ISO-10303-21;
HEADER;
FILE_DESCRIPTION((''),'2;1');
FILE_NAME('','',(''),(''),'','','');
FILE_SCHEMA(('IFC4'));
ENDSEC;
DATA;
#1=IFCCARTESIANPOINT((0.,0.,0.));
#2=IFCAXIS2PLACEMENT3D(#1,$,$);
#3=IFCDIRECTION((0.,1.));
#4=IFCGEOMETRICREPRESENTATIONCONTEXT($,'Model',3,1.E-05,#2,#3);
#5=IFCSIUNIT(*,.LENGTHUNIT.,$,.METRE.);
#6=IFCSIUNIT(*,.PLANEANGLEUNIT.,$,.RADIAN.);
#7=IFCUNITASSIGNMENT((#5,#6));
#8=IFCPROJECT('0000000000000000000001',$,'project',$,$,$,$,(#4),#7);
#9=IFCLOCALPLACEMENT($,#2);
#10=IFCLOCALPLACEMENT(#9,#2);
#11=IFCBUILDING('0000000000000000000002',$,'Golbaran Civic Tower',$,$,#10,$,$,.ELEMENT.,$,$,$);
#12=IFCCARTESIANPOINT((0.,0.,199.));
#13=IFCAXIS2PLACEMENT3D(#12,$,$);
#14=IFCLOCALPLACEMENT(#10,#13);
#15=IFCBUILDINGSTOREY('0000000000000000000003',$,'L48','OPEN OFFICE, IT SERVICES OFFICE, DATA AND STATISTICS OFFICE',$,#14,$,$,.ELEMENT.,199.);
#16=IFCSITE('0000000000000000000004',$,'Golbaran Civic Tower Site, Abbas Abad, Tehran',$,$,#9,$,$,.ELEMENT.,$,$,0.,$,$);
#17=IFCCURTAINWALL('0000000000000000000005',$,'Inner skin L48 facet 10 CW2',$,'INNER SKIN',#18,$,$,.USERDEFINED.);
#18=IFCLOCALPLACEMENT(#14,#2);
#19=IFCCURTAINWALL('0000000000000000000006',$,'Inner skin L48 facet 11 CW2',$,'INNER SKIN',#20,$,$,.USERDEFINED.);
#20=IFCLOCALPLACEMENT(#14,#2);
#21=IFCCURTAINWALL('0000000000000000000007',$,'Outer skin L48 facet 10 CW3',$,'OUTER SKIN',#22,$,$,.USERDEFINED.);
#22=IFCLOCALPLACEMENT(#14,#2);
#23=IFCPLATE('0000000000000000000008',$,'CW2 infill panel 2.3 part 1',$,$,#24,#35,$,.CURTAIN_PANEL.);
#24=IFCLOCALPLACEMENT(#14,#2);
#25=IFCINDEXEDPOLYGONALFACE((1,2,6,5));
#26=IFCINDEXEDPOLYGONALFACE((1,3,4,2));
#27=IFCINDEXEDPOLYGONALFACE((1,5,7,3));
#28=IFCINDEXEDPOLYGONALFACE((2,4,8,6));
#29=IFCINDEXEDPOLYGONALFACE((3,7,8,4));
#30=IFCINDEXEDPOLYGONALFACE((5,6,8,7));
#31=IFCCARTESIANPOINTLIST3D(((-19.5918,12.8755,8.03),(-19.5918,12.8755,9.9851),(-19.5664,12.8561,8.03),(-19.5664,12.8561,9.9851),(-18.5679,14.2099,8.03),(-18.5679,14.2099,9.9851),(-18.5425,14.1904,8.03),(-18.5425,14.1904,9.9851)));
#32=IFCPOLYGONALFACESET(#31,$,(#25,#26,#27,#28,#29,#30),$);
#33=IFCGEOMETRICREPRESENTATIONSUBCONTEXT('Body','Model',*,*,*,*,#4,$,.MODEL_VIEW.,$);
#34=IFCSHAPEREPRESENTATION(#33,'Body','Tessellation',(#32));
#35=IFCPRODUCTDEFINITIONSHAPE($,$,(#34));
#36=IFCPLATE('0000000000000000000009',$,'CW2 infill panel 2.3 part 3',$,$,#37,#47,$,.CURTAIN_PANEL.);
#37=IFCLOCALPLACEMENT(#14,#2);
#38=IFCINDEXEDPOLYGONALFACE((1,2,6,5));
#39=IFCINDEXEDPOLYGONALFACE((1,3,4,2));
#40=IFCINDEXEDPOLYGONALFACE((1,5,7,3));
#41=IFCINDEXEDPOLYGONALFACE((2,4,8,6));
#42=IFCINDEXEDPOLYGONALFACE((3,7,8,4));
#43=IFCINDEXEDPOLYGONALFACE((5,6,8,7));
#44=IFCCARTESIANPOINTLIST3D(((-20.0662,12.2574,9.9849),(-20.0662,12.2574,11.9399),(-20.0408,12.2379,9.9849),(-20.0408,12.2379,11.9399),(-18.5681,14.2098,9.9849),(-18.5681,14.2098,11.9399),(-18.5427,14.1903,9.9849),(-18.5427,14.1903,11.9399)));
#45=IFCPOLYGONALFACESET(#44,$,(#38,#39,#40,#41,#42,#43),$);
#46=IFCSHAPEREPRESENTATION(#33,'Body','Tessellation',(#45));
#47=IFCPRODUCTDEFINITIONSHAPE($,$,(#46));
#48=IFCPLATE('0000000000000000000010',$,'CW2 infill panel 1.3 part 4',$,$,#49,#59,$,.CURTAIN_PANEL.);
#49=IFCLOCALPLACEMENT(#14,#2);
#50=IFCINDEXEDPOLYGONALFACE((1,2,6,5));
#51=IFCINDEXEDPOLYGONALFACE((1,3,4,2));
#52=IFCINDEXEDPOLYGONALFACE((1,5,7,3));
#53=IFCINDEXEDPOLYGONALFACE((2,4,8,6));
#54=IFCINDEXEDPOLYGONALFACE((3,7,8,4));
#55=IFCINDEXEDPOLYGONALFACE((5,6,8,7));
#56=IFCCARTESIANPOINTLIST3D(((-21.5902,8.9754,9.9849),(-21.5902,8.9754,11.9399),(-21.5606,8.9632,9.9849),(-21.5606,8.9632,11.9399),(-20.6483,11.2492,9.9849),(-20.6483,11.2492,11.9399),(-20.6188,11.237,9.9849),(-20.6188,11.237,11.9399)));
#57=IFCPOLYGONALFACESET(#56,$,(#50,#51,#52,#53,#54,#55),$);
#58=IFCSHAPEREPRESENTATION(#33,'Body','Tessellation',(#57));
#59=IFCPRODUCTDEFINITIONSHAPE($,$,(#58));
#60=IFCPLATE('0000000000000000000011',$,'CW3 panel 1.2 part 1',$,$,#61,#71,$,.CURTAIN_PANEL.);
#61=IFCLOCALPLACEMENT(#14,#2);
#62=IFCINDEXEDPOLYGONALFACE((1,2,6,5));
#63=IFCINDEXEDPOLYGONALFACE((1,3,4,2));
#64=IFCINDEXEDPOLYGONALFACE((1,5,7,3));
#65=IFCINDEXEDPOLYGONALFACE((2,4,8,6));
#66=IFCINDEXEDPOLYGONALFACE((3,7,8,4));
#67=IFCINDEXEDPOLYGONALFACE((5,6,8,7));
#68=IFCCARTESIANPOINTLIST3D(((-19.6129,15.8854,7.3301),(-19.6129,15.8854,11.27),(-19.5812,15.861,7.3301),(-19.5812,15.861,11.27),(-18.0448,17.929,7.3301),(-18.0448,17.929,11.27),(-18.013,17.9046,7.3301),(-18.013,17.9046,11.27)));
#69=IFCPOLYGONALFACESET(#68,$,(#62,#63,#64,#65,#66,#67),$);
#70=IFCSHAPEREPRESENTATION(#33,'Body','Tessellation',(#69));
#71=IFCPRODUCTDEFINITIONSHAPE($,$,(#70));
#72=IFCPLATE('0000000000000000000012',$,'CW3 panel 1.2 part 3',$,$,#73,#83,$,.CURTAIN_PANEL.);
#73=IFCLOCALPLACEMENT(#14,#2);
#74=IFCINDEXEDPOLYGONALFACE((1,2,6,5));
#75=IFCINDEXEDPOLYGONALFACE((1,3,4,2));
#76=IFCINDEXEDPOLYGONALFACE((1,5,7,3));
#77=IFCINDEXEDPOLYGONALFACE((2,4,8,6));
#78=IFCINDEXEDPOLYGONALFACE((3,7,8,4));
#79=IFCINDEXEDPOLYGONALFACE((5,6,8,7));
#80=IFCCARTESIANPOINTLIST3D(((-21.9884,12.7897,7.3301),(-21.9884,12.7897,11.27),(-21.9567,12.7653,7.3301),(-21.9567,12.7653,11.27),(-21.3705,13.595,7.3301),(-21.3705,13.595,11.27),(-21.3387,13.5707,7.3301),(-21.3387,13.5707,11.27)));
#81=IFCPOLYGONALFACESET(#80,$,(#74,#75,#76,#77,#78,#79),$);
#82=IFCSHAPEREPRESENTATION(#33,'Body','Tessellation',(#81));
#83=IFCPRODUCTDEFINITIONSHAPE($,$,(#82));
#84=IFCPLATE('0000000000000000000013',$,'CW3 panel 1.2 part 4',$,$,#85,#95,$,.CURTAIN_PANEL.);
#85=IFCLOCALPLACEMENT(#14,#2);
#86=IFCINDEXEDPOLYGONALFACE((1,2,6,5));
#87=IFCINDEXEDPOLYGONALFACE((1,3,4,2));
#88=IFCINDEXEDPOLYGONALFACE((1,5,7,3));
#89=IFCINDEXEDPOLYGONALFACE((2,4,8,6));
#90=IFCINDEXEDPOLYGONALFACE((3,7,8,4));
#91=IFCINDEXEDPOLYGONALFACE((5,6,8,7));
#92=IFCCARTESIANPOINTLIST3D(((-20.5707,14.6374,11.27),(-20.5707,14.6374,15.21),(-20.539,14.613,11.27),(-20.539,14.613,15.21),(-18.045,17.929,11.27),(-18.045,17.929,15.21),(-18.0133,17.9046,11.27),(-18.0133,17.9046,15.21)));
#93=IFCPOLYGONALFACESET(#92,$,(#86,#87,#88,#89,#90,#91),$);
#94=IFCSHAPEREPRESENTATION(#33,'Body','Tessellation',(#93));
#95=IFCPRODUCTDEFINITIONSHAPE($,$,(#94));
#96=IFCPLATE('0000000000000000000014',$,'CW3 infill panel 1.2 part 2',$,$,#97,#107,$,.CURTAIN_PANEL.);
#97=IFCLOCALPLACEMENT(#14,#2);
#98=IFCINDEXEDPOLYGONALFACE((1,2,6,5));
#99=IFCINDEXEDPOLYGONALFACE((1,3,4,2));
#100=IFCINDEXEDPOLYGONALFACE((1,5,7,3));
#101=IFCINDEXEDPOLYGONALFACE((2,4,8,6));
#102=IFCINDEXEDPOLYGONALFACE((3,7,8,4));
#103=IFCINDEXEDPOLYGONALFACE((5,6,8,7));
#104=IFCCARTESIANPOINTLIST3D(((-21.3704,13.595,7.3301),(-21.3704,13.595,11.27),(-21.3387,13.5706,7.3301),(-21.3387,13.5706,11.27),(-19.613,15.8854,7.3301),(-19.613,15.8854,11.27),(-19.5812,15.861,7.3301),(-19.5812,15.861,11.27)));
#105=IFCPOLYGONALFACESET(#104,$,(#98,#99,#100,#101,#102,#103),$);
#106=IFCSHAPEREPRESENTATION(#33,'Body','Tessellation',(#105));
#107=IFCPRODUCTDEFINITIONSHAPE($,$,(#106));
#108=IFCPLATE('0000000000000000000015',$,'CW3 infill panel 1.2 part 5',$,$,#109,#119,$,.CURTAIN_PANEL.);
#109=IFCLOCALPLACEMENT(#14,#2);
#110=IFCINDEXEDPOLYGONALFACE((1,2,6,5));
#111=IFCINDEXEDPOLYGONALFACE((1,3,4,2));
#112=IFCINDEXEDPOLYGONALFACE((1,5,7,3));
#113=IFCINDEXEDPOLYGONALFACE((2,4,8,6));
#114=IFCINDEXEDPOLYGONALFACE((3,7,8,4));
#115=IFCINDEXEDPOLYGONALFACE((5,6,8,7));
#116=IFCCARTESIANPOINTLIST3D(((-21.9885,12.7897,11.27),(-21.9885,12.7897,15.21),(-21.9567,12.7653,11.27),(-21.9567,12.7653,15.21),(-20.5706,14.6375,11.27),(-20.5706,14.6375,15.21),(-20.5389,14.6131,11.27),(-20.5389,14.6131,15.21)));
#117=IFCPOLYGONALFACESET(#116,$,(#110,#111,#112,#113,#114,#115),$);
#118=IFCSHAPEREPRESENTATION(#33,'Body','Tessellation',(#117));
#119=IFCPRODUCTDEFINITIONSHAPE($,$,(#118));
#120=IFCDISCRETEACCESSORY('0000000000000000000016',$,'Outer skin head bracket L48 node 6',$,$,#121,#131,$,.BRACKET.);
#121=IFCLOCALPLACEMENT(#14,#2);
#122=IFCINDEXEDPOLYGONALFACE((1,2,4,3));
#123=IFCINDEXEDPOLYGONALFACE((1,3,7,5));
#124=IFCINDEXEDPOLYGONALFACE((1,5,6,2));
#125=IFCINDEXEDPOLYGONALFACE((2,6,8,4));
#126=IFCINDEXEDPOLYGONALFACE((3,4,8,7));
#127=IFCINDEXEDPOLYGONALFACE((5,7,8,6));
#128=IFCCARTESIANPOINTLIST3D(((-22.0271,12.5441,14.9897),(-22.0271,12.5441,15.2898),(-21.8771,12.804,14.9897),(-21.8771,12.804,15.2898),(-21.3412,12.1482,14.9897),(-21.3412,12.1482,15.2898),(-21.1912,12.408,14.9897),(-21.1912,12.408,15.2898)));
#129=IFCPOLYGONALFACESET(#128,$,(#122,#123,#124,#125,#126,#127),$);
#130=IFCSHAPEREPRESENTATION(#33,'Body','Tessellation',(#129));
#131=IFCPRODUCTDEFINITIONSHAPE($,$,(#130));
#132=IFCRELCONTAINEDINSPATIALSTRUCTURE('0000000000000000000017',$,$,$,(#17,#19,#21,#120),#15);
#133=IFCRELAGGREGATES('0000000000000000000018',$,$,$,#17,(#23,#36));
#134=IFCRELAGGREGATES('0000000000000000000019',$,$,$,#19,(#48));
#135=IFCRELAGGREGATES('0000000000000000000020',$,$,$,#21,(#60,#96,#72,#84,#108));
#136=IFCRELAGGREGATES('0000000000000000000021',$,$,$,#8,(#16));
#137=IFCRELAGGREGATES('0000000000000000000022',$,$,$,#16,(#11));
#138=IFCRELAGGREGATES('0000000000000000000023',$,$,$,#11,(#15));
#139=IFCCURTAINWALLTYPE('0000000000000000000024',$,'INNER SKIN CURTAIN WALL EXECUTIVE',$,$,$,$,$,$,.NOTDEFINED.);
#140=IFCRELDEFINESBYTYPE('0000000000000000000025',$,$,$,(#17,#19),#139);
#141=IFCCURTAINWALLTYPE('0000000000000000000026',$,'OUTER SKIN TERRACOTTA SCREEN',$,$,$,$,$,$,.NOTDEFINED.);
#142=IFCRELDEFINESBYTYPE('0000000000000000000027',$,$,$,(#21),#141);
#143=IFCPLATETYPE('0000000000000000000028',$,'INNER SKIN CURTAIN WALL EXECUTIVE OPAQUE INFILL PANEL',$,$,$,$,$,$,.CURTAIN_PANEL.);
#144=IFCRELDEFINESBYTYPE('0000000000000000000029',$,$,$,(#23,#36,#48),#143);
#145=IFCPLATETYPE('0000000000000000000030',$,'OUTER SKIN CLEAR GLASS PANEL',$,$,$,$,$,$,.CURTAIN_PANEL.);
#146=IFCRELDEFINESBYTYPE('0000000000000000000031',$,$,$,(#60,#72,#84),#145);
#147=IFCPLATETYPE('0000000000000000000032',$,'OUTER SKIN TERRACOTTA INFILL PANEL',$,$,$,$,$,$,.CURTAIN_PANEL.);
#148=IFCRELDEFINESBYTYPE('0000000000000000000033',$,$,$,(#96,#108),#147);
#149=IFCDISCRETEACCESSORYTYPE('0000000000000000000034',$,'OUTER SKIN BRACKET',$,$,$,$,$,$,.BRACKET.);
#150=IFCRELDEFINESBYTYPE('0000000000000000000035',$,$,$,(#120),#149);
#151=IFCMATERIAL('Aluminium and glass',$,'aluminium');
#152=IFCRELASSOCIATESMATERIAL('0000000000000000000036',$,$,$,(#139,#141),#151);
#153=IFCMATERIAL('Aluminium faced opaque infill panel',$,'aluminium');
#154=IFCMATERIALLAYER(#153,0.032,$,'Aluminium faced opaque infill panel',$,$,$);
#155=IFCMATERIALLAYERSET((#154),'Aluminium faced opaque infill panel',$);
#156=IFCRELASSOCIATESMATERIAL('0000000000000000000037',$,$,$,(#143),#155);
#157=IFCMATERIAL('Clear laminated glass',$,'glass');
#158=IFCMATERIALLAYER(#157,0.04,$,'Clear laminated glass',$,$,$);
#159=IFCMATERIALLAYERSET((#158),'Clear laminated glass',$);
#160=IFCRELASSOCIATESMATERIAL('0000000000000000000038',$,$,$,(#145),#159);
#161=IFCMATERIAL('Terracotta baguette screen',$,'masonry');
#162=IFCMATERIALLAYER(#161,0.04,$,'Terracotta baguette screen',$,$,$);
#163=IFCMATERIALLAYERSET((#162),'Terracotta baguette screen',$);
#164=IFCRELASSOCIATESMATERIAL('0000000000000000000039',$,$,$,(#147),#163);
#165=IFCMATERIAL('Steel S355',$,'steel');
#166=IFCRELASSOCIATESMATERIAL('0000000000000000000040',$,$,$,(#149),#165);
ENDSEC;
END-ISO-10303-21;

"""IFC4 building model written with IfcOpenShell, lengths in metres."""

from ifc_helpers import new_model, si_unit, direction, frame, origin, origin_2d, place, context, subcontext, project, spatial, rectangle, extrude, material, layer, layer_set, type_object, element, aggregate, save


model = new_model("IFC4")

# Units and contexts
model_context = context("Model", 3, precision=1e-05, world=origin(), true_north=direction((0.0, 1.0)))
body_context = subcontext(model_context, "Body", "Model", "MODEL_VIEW")
ifc_project = project(units=[si_unit("LENGTHUNIT", "METRE"), si_unit("PLANEANGLEUNIT", "RADIAN")], contexts=[model_context])

# Site, building, storey
site_placement = place(None, origin())
site = spatial("IfcSite", under=ifc_project, at=site_placement, Name="Golbaran Civic Tower Site, Abbas Abad, Tehran", CompositionType="ELEMENT", RefElevation=0.0)
building_placement = place(site_placement, origin())
building = spatial("IfcBuilding", under=site, at=building_placement, Name="Golbaran Civic Tower", CompositionType="ELEMENT")
storey_placement = place(building_placement, frame((0.0, 0.0, 199.0)))
storey = spatial("IfcBuildingStorey", under=building, at=storey_placement, Name="L48", Description="OPEN OFFICE, IT SERVICES OFFICE, DATA AND STATISTICS OFFICE", CompositionType="ELEMENT", Elevation=199.0)

# Curtain walls
ifc_material_1 = material(Name="Aluminium and glass", Category="aluminium")
curtain_wall_type_1 = type_object("IfcCurtainWallType", Name="INNER SKIN CURTAIN WALL EXECUTIVE", PredefinedType="NOTDEFINED", material=ifc_material_1)
curtain_wall_1_placement = place(storey_placement, origin())
curtain_wall_1 = element("IfcCurtainWall", 1, at=curtain_wall_1_placement, inside=storey, type_object=curtain_wall_type_1, Name="Inner skin L48 facet 10 CW2", ObjectType="INNER SKIN", PredefinedType="USERDEFINED")
curtain_wall_2_placement = place(storey_placement, origin())
curtain_wall_2 = element("IfcCurtainWall", 2, at=curtain_wall_2_placement, inside=storey, type_object=curtain_wall_type_1, Name="Inner skin L48 facet 11 CW2", ObjectType="INNER SKIN", PredefinedType="USERDEFINED")
curtain_wall_type_2 = type_object("IfcCurtainWallType", Name="OUTER SKIN TERRACOTTA SCREEN", PredefinedType="NOTDEFINED", material=ifc_material_1)
curtain_wall_3_placement = place(storey_placement, origin())
curtain_wall_3 = element("IfcCurtainWall", 3, at=curtain_wall_3_placement, inside=storey, type_object=curtain_wall_type_2, Name="Outer skin L48 facet 10 CW3", ObjectType="OUTER SKIN", PredefinedType="USERDEFINED")

# Plates
ifc_material_2 = material(Name="Aluminium faced opaque infill panel", Category="aluminium")
ifc_layer_1 = layer(ifc_material_2, 0.032, Name="Aluminium faced opaque infill panel")
ifc_layer_set_1 = layer_set([ifc_layer_1], Name="Aluminium faced opaque infill panel")
plate_type_1 = type_object("IfcPlateType", Name="INNER SKIN CURTAIN WALL EXECUTIVE OPAQUE INFILL PANEL", PredefinedType="CURTAIN_PANEL", material=ifc_layer_set_1)
plate_1_placement = place(storey_placement, frame((-19.0671, 13.533, 8.03), z_axis=(0.0, 0.0, 1.0), x_axis=(-0.608761, -0.793353, 0.0)))
plate_1 = element("IfcPlate", 4, at=plate_1_placement, type_object=plate_type_1, Name="CW2 infill panel 2.3 part 1", PredefinedType="CURTAIN_PANEL", context=body_context, shape_type="SweptSolid", body=[
    extrude(rectangle(XDim=1.6819, YDim=0.032, at=origin_2d()), origin(), (0.0, 0.0, 1.0), 1.9551),
])
plate_2_placement = place(storey_placement, frame((-19.3044, 13.2239, 9.9849), z_axis=(0.0, 0.0, 1.0), x_axis=(-0.608761, -0.793353, 0.0)))
plate_2 = element("IfcPlate", 5, at=plate_2_placement, type_object=plate_type_1, Name="CW2 infill panel 2.3 part 3", PredefinedType="CURTAIN_PANEL", context=body_context, shape_type="SweptSolid", body=[
    extrude(rectangle(XDim=2.4609, YDim=0.032, at=origin_2d()), origin(), (0.0, 0.0, 1.0), 1.9551),
])
aggregate(curtain_wall_1, [plate_1, plate_2])
plate_3_placement = place(storey_placement, frame((-21.1045, 10.1062, 9.9849), z_axis=(0.0, 0.0, 1.0), x_axis=(-0.382683, -0.92388, 0.0)))
plate_3 = element("IfcPlate", 6, at=plate_3_placement, type_object=plate_type_1, Name="CW2 infill panel 1.3 part 4", PredefinedType="CURTAIN_PANEL", context=body_context, shape_type="SweptSolid", body=[
    extrude(rectangle(XDim=2.4612, YDim=0.032, at=origin_2d()), origin(), (0.0, 0.0, 1.0), 1.9551),
])
aggregate(curtain_wall_2, [plate_3])
ifc_material_3 = material(Name="Clear laminated glass", Category="glass")
ifc_layer_2 = layer(ifc_material_3, 0.04, Name="Clear laminated glass")
ifc_layer_set_2 = layer_set([ifc_layer_2], Name="Clear laminated glass")
plate_type_2 = type_object("IfcPlateType", Name="OUTER SKIN CLEAR GLASS PANEL", PredefinedType="CURTAIN_PANEL", material=ifc_layer_set_2)
plate_4_placement = place(storey_placement, frame((-18.813, 16.895, 7.3301), z_axis=(0.0, 0.0, 1.0), x_axis=(-0.608761, -0.793353, 0.0)))
plate_4 = element("IfcPlate", 7, at=plate_4_placement, type_object=plate_type_2, Name="CW3 panel 1.2 part 1", PredefinedType="CURTAIN_PANEL", context=body_context, shape_type="SweptSolid", body=[
    extrude(rectangle(XDim=2.5759, YDim=0.04, at=origin_2d()), origin(), (0.0, 0.0, 1.0), 3.9399),
])
plate_5_placement = place(storey_placement, frame((-21.6636, 13.1802, 7.3301), z_axis=(0.0, 0.0, 1.0), x_axis=(-0.608761, -0.793353, 0.0)))
plate_5 = element("IfcPlate", 8, at=plate_5_placement, type_object=plate_type_2, Name="CW3 panel 1.2 part 3", PredefinedType="CURTAIN_PANEL", context=body_context, shape_type="SweptSolid", body=[
    extrude(rectangle(XDim=1.0151, YDim=0.04, at=origin_2d()), origin(), (0.0, 0.0, 1.0), 3.9399),
])
plate_6_placement = place(storey_placement, frame((-19.292, 16.271, 11.27), z_axis=(0.0, 0.0, 1.0), x_axis=(-0.608761, -0.793353, 0.0)))
plate_6 = element("IfcPlate", 9, at=plate_6_placement, type_object=plate_type_2, Name="CW3 panel 1.2 part 4", PredefinedType="CURTAIN_PANEL", context=body_context, shape_type="SweptSolid", body=[
    extrude(rectangle(XDim=4.1489, YDim=0.04, at=origin_2d()), origin(), (0.0, 0.0, 1.0), 3.9399),
])
ifc_material_4 = material(Name="Terracotta baguette screen", Category="masonry")
ifc_layer_3 = layer(ifc_material_4, 0.04, Name="Terracotta baguette screen")
ifc_layer_set_3 = layer_set([ifc_layer_3], Name="Terracotta baguette screen")
plate_type_3 = type_object("IfcPlateType", Name="OUTER SKIN TERRACOTTA INFILL PANEL", PredefinedType="CURTAIN_PANEL", material=ifc_layer_set_3)
plate_7_placement = place(storey_placement, frame((-20.4758, 14.728, 7.3301), z_axis=(0.0, 0.0, 1.0), x_axis=(-0.608761, -0.793353, 0.0)))
plate_7 = element("IfcPlate", 10, at=plate_7_placement, type_object=plate_type_3, Name="CW3 infill panel 1.2 part 2", PredefinedType="CURTAIN_PANEL", context=body_context, shape_type="SweptSolid", body=[
    extrude(rectangle(XDim=2.887, YDim=0.04, at=origin_2d()), origin(), (0.0, 0.0, 1.0), 3.9399),
])
plate_8_placement = place(storey_placement, frame((-21.2637, 13.7014, 11.27), z_axis=(0.0, 0.0, 1.0), x_axis=(-0.608761, -0.793353, 0.0)))
plate_8 = element("IfcPlate", 11, at=plate_8_placement, type_object=plate_type_3, Name="CW3 infill panel 1.2 part 5", PredefinedType="CURTAIN_PANEL", context=body_context, shape_type="SweptSolid", body=[
    extrude(rectangle(XDim=2.3291, YDim=0.04, at=origin_2d()), origin(), (0.0, 0.0, 1.0), 3.9399),
])
aggregate(curtain_wall_3, [plate_4, plate_7, plate_5, plate_6, plate_8])

# Discrete accessory
ifc_material_5 = material(Name="Steel S355", Category="steel")
discrete_accessory_type = type_object("IfcDiscreteAccessoryType", Name="OUTER SKIN BRACKET", PredefinedType="BRACKET", material=ifc_material_5)
discrete_accessory_placement = place(storey_placement, frame((-21.6091, 12.4761, 14.9897), z_axis=(0.0, 0.0, 1.0), x_axis=(-0.866025, 0.5, 0.0)))
element("IfcDiscreteAccessory", 12, at=discrete_accessory_placement, inside=storey, type_object=discrete_accessory_type, Name="Outer skin head bracket L48 node 6", PredefinedType="BRACKET", context=body_context, shape_type="SweptSolid", body=[
    extrude(rectangle(XDim=0.792, YDim=0.3, at=origin_2d()), origin(), (0.0, 0.0, 1.0), 0.3),
])

save(model, "model.ifc")
